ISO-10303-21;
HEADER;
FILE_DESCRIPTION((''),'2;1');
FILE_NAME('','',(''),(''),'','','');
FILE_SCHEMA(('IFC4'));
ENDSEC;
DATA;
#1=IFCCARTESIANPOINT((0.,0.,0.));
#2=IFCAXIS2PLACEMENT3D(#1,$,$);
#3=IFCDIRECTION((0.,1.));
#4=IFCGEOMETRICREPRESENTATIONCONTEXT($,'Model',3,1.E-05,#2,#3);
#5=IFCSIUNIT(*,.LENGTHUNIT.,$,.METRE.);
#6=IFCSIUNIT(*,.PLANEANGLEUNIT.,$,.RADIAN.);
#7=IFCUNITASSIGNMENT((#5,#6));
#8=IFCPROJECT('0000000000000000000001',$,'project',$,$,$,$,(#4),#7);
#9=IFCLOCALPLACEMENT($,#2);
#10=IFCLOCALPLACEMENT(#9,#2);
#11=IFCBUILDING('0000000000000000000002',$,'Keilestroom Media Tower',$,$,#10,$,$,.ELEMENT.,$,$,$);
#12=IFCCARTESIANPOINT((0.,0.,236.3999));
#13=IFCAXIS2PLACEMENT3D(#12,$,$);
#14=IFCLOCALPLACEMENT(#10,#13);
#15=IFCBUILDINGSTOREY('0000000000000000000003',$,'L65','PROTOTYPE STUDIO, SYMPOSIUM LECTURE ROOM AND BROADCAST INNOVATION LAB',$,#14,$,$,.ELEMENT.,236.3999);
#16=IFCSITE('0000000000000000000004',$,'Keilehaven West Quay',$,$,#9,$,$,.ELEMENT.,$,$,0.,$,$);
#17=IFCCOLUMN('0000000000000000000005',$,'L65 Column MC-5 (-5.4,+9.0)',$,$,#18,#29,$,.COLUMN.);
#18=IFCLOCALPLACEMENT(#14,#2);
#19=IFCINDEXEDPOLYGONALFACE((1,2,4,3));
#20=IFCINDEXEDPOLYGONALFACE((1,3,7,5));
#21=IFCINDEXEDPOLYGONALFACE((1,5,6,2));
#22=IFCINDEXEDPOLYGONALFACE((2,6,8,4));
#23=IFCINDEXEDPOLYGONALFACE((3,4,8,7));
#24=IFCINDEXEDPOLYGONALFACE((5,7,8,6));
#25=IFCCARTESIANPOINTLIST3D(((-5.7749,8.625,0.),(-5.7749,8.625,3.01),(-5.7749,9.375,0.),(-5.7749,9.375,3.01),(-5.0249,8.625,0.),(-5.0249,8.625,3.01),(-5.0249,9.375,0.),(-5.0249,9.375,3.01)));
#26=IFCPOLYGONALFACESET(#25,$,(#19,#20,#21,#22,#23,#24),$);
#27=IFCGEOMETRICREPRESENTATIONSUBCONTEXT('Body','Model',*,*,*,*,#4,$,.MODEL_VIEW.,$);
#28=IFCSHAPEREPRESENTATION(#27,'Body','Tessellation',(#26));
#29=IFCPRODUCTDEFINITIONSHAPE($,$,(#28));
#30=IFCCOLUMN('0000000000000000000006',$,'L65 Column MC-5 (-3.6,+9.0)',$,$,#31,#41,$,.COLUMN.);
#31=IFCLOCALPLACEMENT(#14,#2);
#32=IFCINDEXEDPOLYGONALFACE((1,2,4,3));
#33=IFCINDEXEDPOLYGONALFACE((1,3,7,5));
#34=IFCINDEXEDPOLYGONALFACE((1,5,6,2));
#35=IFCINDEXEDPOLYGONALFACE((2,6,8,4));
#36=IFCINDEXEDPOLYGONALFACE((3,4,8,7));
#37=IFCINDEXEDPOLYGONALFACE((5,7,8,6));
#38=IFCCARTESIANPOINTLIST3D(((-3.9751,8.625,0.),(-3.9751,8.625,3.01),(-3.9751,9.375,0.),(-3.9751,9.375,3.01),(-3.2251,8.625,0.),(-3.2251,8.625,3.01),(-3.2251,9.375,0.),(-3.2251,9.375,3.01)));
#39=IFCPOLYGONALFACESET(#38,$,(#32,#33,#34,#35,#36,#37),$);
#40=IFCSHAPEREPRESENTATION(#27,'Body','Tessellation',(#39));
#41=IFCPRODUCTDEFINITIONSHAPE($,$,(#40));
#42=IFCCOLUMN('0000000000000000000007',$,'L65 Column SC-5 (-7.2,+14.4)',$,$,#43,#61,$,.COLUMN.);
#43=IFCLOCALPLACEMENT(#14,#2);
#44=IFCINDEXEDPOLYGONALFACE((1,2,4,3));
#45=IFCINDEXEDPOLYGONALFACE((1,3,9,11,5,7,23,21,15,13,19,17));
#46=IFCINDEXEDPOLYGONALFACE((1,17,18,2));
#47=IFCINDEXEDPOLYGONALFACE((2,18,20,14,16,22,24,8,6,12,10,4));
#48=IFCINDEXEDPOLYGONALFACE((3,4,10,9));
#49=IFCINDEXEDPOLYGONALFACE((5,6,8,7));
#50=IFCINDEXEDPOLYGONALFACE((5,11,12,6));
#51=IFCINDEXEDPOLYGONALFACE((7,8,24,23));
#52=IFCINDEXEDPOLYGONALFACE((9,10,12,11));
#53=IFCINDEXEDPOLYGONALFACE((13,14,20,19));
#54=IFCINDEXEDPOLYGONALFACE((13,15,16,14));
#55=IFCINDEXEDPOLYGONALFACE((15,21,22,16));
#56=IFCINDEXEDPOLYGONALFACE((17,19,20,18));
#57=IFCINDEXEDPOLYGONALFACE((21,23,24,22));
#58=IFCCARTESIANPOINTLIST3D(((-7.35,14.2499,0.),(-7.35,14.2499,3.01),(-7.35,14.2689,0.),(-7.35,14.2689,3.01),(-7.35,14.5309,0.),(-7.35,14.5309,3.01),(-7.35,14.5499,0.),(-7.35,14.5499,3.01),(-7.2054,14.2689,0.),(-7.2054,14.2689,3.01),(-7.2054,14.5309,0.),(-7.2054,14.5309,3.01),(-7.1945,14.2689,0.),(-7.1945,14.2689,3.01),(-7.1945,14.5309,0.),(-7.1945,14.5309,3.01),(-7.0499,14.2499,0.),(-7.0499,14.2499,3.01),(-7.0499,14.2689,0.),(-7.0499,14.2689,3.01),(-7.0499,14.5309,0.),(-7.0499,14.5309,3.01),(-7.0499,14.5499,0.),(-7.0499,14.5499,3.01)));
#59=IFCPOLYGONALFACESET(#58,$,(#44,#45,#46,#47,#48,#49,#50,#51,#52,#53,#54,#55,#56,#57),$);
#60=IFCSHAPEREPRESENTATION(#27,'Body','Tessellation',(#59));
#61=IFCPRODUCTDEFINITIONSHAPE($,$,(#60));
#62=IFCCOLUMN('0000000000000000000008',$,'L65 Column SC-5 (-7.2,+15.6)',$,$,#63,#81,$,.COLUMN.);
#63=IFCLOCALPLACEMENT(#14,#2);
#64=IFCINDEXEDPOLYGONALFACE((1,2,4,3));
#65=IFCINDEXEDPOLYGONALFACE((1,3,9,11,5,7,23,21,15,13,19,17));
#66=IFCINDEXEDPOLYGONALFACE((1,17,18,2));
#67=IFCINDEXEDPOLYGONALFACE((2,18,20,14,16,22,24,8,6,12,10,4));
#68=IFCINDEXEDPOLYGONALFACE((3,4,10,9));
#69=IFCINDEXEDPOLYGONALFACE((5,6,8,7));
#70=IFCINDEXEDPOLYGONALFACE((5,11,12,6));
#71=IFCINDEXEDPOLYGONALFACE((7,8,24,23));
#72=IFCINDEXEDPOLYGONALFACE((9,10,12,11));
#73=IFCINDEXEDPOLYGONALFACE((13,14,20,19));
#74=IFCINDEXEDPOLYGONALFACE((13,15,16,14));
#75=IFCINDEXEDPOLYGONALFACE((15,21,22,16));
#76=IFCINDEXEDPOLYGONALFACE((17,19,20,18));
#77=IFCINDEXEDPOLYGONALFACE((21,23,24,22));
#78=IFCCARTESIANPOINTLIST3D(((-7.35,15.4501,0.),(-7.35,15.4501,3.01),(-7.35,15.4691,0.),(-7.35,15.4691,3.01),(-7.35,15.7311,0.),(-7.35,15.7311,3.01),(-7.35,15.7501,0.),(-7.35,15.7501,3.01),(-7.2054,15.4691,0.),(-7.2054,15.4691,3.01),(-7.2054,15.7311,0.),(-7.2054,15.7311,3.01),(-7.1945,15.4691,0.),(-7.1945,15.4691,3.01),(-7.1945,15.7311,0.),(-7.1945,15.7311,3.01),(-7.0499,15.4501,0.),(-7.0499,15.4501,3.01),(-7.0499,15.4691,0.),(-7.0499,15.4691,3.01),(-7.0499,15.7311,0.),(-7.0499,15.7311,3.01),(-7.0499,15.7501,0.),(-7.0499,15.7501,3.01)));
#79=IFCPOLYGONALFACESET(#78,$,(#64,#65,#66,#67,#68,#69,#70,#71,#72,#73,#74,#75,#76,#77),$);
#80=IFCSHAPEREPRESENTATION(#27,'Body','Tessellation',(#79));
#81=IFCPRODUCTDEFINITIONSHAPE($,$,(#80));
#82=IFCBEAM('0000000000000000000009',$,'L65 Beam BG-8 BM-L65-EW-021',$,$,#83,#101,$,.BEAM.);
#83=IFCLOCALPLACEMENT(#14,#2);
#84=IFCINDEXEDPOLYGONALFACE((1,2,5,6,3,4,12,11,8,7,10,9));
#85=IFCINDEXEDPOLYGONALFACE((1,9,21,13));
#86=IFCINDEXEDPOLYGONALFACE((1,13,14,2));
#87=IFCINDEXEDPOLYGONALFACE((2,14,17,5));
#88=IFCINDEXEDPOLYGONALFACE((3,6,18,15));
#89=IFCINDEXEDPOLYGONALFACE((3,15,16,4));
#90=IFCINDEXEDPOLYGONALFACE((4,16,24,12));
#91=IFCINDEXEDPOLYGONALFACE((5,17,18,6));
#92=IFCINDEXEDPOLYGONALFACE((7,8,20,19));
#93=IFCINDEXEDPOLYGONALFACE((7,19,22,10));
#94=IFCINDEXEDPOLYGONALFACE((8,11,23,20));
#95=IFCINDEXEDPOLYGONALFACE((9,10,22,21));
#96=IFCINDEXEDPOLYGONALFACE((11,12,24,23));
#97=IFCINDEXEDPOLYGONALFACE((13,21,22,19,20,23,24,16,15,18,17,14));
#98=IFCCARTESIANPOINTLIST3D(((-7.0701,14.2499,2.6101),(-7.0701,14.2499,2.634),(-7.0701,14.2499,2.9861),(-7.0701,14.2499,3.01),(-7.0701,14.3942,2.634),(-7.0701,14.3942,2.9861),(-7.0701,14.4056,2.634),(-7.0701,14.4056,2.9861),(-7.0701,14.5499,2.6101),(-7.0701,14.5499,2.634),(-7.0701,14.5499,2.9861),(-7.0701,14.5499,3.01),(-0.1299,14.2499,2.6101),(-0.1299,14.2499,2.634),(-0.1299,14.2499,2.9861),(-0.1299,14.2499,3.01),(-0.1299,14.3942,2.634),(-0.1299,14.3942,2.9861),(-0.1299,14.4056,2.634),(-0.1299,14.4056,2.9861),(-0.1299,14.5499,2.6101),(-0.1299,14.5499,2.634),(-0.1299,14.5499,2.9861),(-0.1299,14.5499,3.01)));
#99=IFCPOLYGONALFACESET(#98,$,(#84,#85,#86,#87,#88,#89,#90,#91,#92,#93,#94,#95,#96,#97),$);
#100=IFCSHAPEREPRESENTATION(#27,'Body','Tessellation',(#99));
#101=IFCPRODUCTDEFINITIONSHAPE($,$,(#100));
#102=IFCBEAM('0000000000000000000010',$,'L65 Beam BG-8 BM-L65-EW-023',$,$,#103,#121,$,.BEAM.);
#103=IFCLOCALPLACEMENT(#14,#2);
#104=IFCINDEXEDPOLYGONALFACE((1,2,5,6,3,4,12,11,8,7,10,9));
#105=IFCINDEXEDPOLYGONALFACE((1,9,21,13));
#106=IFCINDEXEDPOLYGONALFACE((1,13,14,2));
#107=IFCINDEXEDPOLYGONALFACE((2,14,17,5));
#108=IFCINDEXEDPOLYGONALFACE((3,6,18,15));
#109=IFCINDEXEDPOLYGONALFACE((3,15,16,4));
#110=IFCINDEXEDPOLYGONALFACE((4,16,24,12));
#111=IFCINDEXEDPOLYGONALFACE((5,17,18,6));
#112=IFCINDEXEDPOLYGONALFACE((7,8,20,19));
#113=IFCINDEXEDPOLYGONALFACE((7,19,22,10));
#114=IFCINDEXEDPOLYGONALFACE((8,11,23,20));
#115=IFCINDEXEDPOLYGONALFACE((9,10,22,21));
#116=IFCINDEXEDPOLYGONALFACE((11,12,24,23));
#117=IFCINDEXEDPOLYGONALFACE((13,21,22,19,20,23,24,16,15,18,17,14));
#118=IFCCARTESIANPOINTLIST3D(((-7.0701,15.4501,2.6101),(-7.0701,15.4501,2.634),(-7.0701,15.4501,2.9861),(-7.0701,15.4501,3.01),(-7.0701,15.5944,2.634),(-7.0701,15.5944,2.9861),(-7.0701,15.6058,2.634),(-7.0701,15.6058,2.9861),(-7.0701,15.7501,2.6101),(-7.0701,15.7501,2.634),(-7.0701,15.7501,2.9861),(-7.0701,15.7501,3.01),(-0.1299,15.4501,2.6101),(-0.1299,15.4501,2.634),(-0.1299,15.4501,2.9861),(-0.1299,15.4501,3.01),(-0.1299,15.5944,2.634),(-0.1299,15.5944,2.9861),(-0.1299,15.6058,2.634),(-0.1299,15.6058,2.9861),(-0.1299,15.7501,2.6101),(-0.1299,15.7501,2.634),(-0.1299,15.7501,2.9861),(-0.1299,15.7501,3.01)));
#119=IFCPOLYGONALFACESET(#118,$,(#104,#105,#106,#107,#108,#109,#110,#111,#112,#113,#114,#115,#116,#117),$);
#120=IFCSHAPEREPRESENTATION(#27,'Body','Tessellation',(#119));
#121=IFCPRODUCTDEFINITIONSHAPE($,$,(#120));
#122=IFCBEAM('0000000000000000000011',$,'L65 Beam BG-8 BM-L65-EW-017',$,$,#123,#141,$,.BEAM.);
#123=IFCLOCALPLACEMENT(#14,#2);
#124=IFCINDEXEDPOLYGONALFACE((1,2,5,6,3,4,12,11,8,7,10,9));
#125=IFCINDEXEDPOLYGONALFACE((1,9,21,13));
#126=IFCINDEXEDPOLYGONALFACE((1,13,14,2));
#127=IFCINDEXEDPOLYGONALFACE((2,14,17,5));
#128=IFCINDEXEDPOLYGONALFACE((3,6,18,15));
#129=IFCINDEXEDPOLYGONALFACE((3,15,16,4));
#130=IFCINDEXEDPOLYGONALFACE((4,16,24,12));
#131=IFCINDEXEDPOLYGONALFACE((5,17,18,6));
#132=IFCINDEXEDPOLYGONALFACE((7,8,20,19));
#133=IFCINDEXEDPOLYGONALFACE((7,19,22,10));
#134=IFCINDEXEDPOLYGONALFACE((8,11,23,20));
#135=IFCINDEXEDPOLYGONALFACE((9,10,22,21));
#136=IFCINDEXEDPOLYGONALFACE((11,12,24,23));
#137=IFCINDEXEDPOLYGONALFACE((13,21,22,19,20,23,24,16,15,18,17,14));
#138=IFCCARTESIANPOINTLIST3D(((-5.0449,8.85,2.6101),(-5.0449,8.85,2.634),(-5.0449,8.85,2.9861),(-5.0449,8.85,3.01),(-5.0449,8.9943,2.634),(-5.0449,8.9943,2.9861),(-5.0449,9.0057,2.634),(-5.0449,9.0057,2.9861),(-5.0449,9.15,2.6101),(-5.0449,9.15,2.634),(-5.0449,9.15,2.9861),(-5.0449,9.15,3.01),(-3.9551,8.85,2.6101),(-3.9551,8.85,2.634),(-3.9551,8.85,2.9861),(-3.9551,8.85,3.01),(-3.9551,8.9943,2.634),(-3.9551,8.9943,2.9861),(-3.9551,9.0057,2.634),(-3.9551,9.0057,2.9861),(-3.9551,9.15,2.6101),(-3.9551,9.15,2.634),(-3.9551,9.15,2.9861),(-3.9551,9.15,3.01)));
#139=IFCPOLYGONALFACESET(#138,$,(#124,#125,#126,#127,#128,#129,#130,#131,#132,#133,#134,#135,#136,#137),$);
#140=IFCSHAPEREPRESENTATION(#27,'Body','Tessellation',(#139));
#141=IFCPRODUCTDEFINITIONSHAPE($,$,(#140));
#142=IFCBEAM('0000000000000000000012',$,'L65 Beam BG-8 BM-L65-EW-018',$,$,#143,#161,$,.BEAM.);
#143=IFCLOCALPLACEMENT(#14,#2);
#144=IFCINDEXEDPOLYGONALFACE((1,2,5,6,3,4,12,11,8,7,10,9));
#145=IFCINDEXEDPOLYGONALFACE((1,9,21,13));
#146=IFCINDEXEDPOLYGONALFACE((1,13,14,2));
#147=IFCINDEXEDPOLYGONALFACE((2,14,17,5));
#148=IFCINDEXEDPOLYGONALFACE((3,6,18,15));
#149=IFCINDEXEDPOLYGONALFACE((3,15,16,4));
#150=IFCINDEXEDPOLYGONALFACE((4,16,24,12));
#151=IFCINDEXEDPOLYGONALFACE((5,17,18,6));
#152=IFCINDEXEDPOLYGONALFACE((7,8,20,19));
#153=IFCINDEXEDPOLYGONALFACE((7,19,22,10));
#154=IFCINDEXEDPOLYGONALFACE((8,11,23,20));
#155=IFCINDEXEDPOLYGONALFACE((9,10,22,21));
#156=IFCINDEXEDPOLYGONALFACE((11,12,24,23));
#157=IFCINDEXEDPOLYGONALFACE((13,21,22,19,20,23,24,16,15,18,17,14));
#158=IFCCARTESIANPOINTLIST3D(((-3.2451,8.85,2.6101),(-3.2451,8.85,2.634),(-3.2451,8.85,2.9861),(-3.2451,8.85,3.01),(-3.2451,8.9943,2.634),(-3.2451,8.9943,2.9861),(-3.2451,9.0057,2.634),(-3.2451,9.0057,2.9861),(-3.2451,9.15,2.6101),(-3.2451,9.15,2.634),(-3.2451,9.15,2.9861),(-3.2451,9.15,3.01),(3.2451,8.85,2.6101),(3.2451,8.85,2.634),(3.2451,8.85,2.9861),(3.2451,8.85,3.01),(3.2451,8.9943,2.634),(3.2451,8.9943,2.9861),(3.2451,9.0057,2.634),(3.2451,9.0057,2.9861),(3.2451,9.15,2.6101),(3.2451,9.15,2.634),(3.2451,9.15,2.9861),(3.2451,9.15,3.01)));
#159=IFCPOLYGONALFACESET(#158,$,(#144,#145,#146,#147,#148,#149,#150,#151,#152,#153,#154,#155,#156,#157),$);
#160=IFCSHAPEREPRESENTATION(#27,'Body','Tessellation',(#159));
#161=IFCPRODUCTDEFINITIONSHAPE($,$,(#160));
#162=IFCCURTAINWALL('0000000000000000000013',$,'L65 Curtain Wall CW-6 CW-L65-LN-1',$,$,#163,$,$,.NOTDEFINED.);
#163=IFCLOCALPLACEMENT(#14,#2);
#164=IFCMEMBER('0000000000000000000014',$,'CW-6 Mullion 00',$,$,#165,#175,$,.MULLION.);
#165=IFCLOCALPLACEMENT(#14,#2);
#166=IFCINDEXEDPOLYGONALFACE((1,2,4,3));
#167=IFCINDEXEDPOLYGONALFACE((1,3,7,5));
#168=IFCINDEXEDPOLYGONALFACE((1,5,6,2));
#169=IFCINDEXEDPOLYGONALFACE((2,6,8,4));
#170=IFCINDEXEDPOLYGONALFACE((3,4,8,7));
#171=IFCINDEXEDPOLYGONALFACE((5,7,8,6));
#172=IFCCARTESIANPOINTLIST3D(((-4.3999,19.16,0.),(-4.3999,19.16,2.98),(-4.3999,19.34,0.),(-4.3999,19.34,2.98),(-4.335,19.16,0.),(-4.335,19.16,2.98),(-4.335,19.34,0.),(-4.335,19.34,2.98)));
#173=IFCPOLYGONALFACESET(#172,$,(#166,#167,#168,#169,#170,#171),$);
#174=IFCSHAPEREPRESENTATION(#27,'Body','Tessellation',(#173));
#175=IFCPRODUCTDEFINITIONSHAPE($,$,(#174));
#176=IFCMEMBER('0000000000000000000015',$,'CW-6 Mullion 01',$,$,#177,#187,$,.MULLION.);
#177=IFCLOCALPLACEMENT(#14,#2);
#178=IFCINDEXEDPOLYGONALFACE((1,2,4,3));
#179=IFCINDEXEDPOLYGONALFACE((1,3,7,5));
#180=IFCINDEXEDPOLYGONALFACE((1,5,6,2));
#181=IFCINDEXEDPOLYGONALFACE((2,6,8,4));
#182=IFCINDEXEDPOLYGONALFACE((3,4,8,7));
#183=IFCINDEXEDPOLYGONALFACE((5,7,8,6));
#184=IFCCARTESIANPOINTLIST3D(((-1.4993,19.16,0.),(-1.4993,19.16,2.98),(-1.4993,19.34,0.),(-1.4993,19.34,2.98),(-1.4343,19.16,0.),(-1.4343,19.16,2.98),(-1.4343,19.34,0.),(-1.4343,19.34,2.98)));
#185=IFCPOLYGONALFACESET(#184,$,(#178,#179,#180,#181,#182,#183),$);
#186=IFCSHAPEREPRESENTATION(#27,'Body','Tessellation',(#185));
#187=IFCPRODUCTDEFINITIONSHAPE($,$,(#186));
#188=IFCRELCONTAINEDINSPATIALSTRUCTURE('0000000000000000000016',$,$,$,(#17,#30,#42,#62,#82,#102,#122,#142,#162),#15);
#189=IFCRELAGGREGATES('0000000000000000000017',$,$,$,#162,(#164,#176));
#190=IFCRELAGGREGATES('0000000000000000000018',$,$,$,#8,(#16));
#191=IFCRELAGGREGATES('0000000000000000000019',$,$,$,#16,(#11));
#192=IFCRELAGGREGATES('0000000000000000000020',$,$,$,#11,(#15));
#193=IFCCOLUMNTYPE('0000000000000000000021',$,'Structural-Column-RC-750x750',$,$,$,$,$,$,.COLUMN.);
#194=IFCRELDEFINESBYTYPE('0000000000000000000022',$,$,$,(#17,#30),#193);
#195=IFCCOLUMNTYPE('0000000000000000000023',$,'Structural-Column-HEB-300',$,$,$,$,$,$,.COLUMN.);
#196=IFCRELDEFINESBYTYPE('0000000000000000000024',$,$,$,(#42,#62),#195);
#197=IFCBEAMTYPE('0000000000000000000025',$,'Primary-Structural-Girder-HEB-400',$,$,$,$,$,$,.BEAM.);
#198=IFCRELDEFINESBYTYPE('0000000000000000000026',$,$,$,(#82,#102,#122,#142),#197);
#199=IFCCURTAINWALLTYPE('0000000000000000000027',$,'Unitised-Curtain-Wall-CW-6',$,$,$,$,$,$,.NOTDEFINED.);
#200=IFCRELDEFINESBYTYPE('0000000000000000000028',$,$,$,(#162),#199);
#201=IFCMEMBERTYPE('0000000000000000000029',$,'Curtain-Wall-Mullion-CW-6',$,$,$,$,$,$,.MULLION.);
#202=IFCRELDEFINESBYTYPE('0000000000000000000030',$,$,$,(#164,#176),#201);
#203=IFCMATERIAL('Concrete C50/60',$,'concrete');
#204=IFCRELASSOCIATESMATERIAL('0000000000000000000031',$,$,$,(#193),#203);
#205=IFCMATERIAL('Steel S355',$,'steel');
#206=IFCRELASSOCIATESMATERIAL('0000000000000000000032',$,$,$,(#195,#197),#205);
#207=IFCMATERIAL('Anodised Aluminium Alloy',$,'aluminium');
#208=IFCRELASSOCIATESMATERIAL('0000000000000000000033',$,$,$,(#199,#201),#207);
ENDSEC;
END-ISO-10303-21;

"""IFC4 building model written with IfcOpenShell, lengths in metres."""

from ifc_helpers import new_model, si_unit, direction, frame, origin, origin_2d, place, context, subcontext, project, spatial, rectangle, i_section, extrude, source, transform, mapped, material, material_profile, profile_set, type_object, element, aggregate, save


model = new_model("IFC4")

# Units and contexts
model_context = context("Model", 3, precision=1e-05, world=origin(), true_north=direction((0.0, 1.0)))
body_context = subcontext(model_context, "Body", "Model", "MODEL_VIEW")
ifc_project = project(units=[si_unit("LENGTHUNIT", "METRE"), si_unit("PLANEANGLEUNIT", "RADIAN")], contexts=[model_context])

# Site, building, storey
site_placement = place(None, origin())
site = spatial("IfcSite", under=ifc_project, at=site_placement, Name="Keilehaven West Quay", CompositionType="ELEMENT", RefElevation=0.0)
building_placement = place(site_placement, origin())
building = spatial("IfcBuilding", under=site, at=building_placement, Name="Keilestroom Media Tower", CompositionType="ELEMENT")
storey_placement = place(building_placement, frame((0.0, 0.0, 236.3999)))
storey = spatial("IfcBuildingStorey", under=building, at=storey_placement, Name="L65", Description="PROTOTYPE STUDIO, SYMPOSIUM LECTURE ROOM AND BROADCAST INNOVATION LAB", CompositionType="ELEMENT", Elevation=236.3999)

# Columns
ifc_material_1 = material(Name="Concrete C50/60", Category="concrete")
ifc_material_profile_1 = material_profile(ifc_material_1, rectangle(XDim=0.75, YDim=0.75, at=origin_2d()), Name="RC 750x750")
ifc_profile_set_1 = profile_set([ifc_material_profile_1], Name="Concrete C50/60")
column_type_1 = type_object("IfcColumnType", Name="Structural-Column-RC-750x750", PredefinedType="COLUMN", material=ifc_profile_set_1)
shared_shape_1 = source(origin(), body_context, "Body", "SweptSolid", [
    extrude(rectangle(XDim=0.75, YDim=0.75, at=origin_2d()), origin(), (0.0, 0.0, 1.0), 3.01),
])
for number, where, z_axis, x_axis, name in (
    (1, (-5.3999, 9.0, 0.0), (0.0, 0.0, 1.0), (1.0, 0.0, 0.0), "L65 Column MC-5 (-5.4,+9.0)"),
    (2, (-3.6001, 9.0, 0.0), (0.0, 0.0, 1.0), (1.0, 0.0, 0.0), "L65 Column MC-5 (-3.6,+9.0)"),
):
    element("IfcColumn", number, at=place(storey_placement, frame(where, z_axis=z_axis, x_axis=x_axis)), inside=storey, type_object=column_type_1, Name=name, PredefinedType="COLUMN", context=body_context, shape_type="MappedRepresentation", body=[
        mapped(shared_shape_1, transform((0.0, 0.0, 0.0), x_axis=(1.0, 0.0, 0.0), y_axis=(0.0, 1.0, 0.0), z_axis=(0.0, 0.0, 1.0), scale=1.0)),
    ])
ifc_material_2 = material(Name="Steel S355", Category="steel")
ifc_material_profile_2 = material_profile(ifc_material_2, i_section(OverallWidth=0.3, OverallDepth=0.3, WebThickness=0.011, FlangeThickness=0.019, at=origin_2d()), Name="HEB 300")
ifc_profile_set_2 = profile_set([ifc_material_profile_2], Name="Steel S355")
column_type_2 = type_object("IfcColumnType", Name="Structural-Column-HEB-300", PredefinedType="COLUMN", material=ifc_profile_set_2)
shared_shape_2 = source(origin(), body_context, "Body", "SweptSolid", [
    extrude(i_section(OverallWidth=0.3, OverallDepth=0.3, WebThickness=0.011, FlangeThickness=0.019, at=origin_2d()), origin(), (0.0, 0.0, 1.0), 3.01),
])
for number, where, z_axis, x_axis, name in (
    (3, (-7.2, 14.3999, 0.0), (0.0, 0.0, 1.0), (1.0, 0.0, 0.0), "L65 Column SC-5 (-7.2,+14.4)"),
    (4, (-7.2, 15.6001, 0.0), (0.0, 0.0, 1.0), (1.0, 0.0, 0.0), "L65 Column SC-5 (-7.2,+15.6)"),
):
    element("IfcColumn", number, at=place(storey_placement, frame(where, z_axis=z_axis, x_axis=x_axis)), inside=storey, type_object=column_type_2, Name=name, PredefinedType="COLUMN", context=body_context, shape_type="MappedRepresentation", body=[
        mapped(shared_shape_2, transform((0.0, 0.0, 0.0), x_axis=(1.0, 0.0, 0.0), y_axis=(0.0, 1.0, 0.0), z_axis=(0.0, 0.0, 1.0), scale=1.0)),
    ])

# Beams
ifc_material_profile_3 = material_profile(ifc_material_2, i_section(OverallWidth=0.3, OverallDepth=0.3999, WebThickness=0.0115, FlangeThickness=0.0239, at=origin_2d()), Name="HEB 400")
ifc_profile_set_3 = profile_set([ifc_material_profile_3], Name="Steel S355")
beam_type = type_object("IfcBeamType", Name="Primary-Structural-Girder-HEB-400", PredefinedType="BEAM", material=ifc_profile_set_3)
shared_shape_3 = source(origin(), body_context, "Body", "SweptSolid", [
    extrude(i_section(OverallWidth=0.3, OverallDepth=0.3999, WebThickness=0.0115, FlangeThickness=0.0239, at=origin_2d()), origin(), (0.0, 0.0, 1.0), 6.9402),
])
for number, where, z_axis, x_axis, name in (
    (5, (-7.0701, 14.3999, 2.8101), (1.0, 0.0, 0.0), (0.0, 1.0, 0.0), "L65 Beam BG-8 BM-L65-EW-021"),
    (6, (-7.0701, 15.6001, 2.8101), (1.0, 0.0, 0.0), (0.0, 1.0, 0.0), "L65 Beam BG-8 BM-L65-EW-023"),
):
    element("IfcBeam", number, at=place(storey_placement, frame(where, z_axis=z_axis, x_axis=x_axis)), inside=storey, type_object=beam_type, Name=name, PredefinedType="BEAM", context=body_context, shape_type="MappedRepresentation", body=[
        mapped(shared_shape_3, transform((0.0, 0.0, 0.0), x_axis=(1.0, 0.0, 0.0), y_axis=(0.0, 1.0, 0.0), z_axis=(0.0, 0.0, 1.0), scale=1.0)),
    ])
shared_shape_4 = source(origin(), body_context, "Body", "SweptSolid", [
    extrude(i_section(OverallWidth=0.3, OverallDepth=0.3999, WebThickness=0.0115, FlangeThickness=0.0239, at=origin_2d()), origin(), (0.0, 0.0, 1.0), 1.0898),
])
beam_1_placement = place(storey_placement, frame((-5.0449, 9.0, 2.8101), z_axis=(1.0, 0.0, 0.0), x_axis=(0.0, 1.0, 0.0)))
element("IfcBeam", 7, at=beam_1_placement, inside=storey, type_object=beam_type, Name="L65 Beam BG-8 BM-L65-EW-017", PredefinedType="BEAM", context=body_context, shape_type="MappedRepresentation", body=[
    mapped(shared_shape_4, transform((0.0, 0.0, 0.0), x_axis=(1.0, 0.0, 0.0), y_axis=(0.0, 1.0, 0.0), z_axis=(0.0, 0.0, 1.0), scale=1.0)),
])
shared_shape_5 = source(origin(), body_context, "Body", "SweptSolid", [
    extrude(i_section(OverallWidth=0.3, OverallDepth=0.3999, WebThickness=0.0115, FlangeThickness=0.0239, at=origin_2d()), origin(), (0.0, 0.0, 1.0), 6.4902),
])
beam_2_placement = place(storey_placement, frame((-3.2451, 9.0, 2.8101), z_axis=(1.0, 0.0, 0.0), x_axis=(0.0, 1.0, 0.0)))
element("IfcBeam", 8, at=beam_2_placement, inside=storey, type_object=beam_type, Name="L65 Beam BG-8 BM-L65-EW-018", PredefinedType="BEAM", context=body_context, shape_type="MappedRepresentation", body=[
    mapped(shared_shape_5, transform((0.0, 0.0, 0.0), x_axis=(1.0, 0.0, 0.0), y_axis=(0.0, 1.0, 0.0), z_axis=(0.0, 0.0, 1.0), scale=1.0)),
])

# Curtain wall, members
ifc_material_3 = material(Name="Anodised Aluminium Alloy", Category="aluminium")
curtain_wall_type = type_object("IfcCurtainWallType", Name="Unitised-Curtain-Wall-CW-6", PredefinedType="NOTDEFINED", material=ifc_material_3)
curtain_wall_placement = place(storey_placement, origin())
curtain_wall = element("IfcCurtainWall", 9, at=curtain_wall_placement, inside=storey, type_object=curtain_wall_type, Name="L65 Curtain Wall CW-6 CW-L65-LN-1", PredefinedType="NOTDEFINED")
ifc_material_profile_4 = material_profile(ifc_material_3, rectangle(XDim=0.0649, YDim=0.1799, at=origin_2d()), Name="ALU MULLION 65x180")
ifc_profile_set_4 = profile_set([ifc_material_profile_4], Name="Anodised Aluminium Alloy")
member_type_1 = type_object("IfcMemberType", Name="Curtain-Wall-Mullion-CW-6", PredefinedType="MULLION", material=ifc_profile_set_4)
shared_shape_6 = source(origin(), body_context, "Body", "SweptSolid", [
    extrude(rectangle(XDim=0.0649, YDim=0.1799, at=origin_2d()), origin(), (0.0, 0.0, 1.0), 2.98),
])
member_1_placement = place(storey_placement, frame((-4.3674, 19.25, 0.0), z_axis=(0.0, 0.0, 1.0), x_axis=(1.0, 0.0, 0.0)))
member_1 = element("IfcMember", 10, at=member_1_placement, type_object=member_type_1, Name="CW-6 Mullion 00", PredefinedType="MULLION", context=body_context, shape_type="MappedRepresentation", body=[
    mapped(shared_shape_6, transform((0.0, 0.0, 0.0), x_axis=(1.0, 0.0, 0.0), y_axis=(0.0, 1.0, 0.0), z_axis=(0.0, 0.0, 1.0), scale=1.0)),
])
member_2_placement = place(storey_placement, frame((-1.4668, 19.25, 0.0), z_axis=(0.0, 0.0, 1.0), x_axis=(1.0, 0.0, 0.0)))
member_2 = element("IfcMember", 11, at=member_2_placement, type_object=member_type_1, Name="CW-6 Mullion 01", PredefinedType="MULLION", context=body_context, shape_type="MappedRepresentation", body=[
    mapped(shared_shape_6, transform((0.0, 0.0, 0.0), x_axis=(1.0, 0.0, 0.0), y_axis=(0.0, 1.0, 0.0), z_axis=(0.0, 0.0, 1.0), scale=1.0)),
])
aggregate(curtain_wall, [member_1, member_2])

save(model, "model.ifc")
